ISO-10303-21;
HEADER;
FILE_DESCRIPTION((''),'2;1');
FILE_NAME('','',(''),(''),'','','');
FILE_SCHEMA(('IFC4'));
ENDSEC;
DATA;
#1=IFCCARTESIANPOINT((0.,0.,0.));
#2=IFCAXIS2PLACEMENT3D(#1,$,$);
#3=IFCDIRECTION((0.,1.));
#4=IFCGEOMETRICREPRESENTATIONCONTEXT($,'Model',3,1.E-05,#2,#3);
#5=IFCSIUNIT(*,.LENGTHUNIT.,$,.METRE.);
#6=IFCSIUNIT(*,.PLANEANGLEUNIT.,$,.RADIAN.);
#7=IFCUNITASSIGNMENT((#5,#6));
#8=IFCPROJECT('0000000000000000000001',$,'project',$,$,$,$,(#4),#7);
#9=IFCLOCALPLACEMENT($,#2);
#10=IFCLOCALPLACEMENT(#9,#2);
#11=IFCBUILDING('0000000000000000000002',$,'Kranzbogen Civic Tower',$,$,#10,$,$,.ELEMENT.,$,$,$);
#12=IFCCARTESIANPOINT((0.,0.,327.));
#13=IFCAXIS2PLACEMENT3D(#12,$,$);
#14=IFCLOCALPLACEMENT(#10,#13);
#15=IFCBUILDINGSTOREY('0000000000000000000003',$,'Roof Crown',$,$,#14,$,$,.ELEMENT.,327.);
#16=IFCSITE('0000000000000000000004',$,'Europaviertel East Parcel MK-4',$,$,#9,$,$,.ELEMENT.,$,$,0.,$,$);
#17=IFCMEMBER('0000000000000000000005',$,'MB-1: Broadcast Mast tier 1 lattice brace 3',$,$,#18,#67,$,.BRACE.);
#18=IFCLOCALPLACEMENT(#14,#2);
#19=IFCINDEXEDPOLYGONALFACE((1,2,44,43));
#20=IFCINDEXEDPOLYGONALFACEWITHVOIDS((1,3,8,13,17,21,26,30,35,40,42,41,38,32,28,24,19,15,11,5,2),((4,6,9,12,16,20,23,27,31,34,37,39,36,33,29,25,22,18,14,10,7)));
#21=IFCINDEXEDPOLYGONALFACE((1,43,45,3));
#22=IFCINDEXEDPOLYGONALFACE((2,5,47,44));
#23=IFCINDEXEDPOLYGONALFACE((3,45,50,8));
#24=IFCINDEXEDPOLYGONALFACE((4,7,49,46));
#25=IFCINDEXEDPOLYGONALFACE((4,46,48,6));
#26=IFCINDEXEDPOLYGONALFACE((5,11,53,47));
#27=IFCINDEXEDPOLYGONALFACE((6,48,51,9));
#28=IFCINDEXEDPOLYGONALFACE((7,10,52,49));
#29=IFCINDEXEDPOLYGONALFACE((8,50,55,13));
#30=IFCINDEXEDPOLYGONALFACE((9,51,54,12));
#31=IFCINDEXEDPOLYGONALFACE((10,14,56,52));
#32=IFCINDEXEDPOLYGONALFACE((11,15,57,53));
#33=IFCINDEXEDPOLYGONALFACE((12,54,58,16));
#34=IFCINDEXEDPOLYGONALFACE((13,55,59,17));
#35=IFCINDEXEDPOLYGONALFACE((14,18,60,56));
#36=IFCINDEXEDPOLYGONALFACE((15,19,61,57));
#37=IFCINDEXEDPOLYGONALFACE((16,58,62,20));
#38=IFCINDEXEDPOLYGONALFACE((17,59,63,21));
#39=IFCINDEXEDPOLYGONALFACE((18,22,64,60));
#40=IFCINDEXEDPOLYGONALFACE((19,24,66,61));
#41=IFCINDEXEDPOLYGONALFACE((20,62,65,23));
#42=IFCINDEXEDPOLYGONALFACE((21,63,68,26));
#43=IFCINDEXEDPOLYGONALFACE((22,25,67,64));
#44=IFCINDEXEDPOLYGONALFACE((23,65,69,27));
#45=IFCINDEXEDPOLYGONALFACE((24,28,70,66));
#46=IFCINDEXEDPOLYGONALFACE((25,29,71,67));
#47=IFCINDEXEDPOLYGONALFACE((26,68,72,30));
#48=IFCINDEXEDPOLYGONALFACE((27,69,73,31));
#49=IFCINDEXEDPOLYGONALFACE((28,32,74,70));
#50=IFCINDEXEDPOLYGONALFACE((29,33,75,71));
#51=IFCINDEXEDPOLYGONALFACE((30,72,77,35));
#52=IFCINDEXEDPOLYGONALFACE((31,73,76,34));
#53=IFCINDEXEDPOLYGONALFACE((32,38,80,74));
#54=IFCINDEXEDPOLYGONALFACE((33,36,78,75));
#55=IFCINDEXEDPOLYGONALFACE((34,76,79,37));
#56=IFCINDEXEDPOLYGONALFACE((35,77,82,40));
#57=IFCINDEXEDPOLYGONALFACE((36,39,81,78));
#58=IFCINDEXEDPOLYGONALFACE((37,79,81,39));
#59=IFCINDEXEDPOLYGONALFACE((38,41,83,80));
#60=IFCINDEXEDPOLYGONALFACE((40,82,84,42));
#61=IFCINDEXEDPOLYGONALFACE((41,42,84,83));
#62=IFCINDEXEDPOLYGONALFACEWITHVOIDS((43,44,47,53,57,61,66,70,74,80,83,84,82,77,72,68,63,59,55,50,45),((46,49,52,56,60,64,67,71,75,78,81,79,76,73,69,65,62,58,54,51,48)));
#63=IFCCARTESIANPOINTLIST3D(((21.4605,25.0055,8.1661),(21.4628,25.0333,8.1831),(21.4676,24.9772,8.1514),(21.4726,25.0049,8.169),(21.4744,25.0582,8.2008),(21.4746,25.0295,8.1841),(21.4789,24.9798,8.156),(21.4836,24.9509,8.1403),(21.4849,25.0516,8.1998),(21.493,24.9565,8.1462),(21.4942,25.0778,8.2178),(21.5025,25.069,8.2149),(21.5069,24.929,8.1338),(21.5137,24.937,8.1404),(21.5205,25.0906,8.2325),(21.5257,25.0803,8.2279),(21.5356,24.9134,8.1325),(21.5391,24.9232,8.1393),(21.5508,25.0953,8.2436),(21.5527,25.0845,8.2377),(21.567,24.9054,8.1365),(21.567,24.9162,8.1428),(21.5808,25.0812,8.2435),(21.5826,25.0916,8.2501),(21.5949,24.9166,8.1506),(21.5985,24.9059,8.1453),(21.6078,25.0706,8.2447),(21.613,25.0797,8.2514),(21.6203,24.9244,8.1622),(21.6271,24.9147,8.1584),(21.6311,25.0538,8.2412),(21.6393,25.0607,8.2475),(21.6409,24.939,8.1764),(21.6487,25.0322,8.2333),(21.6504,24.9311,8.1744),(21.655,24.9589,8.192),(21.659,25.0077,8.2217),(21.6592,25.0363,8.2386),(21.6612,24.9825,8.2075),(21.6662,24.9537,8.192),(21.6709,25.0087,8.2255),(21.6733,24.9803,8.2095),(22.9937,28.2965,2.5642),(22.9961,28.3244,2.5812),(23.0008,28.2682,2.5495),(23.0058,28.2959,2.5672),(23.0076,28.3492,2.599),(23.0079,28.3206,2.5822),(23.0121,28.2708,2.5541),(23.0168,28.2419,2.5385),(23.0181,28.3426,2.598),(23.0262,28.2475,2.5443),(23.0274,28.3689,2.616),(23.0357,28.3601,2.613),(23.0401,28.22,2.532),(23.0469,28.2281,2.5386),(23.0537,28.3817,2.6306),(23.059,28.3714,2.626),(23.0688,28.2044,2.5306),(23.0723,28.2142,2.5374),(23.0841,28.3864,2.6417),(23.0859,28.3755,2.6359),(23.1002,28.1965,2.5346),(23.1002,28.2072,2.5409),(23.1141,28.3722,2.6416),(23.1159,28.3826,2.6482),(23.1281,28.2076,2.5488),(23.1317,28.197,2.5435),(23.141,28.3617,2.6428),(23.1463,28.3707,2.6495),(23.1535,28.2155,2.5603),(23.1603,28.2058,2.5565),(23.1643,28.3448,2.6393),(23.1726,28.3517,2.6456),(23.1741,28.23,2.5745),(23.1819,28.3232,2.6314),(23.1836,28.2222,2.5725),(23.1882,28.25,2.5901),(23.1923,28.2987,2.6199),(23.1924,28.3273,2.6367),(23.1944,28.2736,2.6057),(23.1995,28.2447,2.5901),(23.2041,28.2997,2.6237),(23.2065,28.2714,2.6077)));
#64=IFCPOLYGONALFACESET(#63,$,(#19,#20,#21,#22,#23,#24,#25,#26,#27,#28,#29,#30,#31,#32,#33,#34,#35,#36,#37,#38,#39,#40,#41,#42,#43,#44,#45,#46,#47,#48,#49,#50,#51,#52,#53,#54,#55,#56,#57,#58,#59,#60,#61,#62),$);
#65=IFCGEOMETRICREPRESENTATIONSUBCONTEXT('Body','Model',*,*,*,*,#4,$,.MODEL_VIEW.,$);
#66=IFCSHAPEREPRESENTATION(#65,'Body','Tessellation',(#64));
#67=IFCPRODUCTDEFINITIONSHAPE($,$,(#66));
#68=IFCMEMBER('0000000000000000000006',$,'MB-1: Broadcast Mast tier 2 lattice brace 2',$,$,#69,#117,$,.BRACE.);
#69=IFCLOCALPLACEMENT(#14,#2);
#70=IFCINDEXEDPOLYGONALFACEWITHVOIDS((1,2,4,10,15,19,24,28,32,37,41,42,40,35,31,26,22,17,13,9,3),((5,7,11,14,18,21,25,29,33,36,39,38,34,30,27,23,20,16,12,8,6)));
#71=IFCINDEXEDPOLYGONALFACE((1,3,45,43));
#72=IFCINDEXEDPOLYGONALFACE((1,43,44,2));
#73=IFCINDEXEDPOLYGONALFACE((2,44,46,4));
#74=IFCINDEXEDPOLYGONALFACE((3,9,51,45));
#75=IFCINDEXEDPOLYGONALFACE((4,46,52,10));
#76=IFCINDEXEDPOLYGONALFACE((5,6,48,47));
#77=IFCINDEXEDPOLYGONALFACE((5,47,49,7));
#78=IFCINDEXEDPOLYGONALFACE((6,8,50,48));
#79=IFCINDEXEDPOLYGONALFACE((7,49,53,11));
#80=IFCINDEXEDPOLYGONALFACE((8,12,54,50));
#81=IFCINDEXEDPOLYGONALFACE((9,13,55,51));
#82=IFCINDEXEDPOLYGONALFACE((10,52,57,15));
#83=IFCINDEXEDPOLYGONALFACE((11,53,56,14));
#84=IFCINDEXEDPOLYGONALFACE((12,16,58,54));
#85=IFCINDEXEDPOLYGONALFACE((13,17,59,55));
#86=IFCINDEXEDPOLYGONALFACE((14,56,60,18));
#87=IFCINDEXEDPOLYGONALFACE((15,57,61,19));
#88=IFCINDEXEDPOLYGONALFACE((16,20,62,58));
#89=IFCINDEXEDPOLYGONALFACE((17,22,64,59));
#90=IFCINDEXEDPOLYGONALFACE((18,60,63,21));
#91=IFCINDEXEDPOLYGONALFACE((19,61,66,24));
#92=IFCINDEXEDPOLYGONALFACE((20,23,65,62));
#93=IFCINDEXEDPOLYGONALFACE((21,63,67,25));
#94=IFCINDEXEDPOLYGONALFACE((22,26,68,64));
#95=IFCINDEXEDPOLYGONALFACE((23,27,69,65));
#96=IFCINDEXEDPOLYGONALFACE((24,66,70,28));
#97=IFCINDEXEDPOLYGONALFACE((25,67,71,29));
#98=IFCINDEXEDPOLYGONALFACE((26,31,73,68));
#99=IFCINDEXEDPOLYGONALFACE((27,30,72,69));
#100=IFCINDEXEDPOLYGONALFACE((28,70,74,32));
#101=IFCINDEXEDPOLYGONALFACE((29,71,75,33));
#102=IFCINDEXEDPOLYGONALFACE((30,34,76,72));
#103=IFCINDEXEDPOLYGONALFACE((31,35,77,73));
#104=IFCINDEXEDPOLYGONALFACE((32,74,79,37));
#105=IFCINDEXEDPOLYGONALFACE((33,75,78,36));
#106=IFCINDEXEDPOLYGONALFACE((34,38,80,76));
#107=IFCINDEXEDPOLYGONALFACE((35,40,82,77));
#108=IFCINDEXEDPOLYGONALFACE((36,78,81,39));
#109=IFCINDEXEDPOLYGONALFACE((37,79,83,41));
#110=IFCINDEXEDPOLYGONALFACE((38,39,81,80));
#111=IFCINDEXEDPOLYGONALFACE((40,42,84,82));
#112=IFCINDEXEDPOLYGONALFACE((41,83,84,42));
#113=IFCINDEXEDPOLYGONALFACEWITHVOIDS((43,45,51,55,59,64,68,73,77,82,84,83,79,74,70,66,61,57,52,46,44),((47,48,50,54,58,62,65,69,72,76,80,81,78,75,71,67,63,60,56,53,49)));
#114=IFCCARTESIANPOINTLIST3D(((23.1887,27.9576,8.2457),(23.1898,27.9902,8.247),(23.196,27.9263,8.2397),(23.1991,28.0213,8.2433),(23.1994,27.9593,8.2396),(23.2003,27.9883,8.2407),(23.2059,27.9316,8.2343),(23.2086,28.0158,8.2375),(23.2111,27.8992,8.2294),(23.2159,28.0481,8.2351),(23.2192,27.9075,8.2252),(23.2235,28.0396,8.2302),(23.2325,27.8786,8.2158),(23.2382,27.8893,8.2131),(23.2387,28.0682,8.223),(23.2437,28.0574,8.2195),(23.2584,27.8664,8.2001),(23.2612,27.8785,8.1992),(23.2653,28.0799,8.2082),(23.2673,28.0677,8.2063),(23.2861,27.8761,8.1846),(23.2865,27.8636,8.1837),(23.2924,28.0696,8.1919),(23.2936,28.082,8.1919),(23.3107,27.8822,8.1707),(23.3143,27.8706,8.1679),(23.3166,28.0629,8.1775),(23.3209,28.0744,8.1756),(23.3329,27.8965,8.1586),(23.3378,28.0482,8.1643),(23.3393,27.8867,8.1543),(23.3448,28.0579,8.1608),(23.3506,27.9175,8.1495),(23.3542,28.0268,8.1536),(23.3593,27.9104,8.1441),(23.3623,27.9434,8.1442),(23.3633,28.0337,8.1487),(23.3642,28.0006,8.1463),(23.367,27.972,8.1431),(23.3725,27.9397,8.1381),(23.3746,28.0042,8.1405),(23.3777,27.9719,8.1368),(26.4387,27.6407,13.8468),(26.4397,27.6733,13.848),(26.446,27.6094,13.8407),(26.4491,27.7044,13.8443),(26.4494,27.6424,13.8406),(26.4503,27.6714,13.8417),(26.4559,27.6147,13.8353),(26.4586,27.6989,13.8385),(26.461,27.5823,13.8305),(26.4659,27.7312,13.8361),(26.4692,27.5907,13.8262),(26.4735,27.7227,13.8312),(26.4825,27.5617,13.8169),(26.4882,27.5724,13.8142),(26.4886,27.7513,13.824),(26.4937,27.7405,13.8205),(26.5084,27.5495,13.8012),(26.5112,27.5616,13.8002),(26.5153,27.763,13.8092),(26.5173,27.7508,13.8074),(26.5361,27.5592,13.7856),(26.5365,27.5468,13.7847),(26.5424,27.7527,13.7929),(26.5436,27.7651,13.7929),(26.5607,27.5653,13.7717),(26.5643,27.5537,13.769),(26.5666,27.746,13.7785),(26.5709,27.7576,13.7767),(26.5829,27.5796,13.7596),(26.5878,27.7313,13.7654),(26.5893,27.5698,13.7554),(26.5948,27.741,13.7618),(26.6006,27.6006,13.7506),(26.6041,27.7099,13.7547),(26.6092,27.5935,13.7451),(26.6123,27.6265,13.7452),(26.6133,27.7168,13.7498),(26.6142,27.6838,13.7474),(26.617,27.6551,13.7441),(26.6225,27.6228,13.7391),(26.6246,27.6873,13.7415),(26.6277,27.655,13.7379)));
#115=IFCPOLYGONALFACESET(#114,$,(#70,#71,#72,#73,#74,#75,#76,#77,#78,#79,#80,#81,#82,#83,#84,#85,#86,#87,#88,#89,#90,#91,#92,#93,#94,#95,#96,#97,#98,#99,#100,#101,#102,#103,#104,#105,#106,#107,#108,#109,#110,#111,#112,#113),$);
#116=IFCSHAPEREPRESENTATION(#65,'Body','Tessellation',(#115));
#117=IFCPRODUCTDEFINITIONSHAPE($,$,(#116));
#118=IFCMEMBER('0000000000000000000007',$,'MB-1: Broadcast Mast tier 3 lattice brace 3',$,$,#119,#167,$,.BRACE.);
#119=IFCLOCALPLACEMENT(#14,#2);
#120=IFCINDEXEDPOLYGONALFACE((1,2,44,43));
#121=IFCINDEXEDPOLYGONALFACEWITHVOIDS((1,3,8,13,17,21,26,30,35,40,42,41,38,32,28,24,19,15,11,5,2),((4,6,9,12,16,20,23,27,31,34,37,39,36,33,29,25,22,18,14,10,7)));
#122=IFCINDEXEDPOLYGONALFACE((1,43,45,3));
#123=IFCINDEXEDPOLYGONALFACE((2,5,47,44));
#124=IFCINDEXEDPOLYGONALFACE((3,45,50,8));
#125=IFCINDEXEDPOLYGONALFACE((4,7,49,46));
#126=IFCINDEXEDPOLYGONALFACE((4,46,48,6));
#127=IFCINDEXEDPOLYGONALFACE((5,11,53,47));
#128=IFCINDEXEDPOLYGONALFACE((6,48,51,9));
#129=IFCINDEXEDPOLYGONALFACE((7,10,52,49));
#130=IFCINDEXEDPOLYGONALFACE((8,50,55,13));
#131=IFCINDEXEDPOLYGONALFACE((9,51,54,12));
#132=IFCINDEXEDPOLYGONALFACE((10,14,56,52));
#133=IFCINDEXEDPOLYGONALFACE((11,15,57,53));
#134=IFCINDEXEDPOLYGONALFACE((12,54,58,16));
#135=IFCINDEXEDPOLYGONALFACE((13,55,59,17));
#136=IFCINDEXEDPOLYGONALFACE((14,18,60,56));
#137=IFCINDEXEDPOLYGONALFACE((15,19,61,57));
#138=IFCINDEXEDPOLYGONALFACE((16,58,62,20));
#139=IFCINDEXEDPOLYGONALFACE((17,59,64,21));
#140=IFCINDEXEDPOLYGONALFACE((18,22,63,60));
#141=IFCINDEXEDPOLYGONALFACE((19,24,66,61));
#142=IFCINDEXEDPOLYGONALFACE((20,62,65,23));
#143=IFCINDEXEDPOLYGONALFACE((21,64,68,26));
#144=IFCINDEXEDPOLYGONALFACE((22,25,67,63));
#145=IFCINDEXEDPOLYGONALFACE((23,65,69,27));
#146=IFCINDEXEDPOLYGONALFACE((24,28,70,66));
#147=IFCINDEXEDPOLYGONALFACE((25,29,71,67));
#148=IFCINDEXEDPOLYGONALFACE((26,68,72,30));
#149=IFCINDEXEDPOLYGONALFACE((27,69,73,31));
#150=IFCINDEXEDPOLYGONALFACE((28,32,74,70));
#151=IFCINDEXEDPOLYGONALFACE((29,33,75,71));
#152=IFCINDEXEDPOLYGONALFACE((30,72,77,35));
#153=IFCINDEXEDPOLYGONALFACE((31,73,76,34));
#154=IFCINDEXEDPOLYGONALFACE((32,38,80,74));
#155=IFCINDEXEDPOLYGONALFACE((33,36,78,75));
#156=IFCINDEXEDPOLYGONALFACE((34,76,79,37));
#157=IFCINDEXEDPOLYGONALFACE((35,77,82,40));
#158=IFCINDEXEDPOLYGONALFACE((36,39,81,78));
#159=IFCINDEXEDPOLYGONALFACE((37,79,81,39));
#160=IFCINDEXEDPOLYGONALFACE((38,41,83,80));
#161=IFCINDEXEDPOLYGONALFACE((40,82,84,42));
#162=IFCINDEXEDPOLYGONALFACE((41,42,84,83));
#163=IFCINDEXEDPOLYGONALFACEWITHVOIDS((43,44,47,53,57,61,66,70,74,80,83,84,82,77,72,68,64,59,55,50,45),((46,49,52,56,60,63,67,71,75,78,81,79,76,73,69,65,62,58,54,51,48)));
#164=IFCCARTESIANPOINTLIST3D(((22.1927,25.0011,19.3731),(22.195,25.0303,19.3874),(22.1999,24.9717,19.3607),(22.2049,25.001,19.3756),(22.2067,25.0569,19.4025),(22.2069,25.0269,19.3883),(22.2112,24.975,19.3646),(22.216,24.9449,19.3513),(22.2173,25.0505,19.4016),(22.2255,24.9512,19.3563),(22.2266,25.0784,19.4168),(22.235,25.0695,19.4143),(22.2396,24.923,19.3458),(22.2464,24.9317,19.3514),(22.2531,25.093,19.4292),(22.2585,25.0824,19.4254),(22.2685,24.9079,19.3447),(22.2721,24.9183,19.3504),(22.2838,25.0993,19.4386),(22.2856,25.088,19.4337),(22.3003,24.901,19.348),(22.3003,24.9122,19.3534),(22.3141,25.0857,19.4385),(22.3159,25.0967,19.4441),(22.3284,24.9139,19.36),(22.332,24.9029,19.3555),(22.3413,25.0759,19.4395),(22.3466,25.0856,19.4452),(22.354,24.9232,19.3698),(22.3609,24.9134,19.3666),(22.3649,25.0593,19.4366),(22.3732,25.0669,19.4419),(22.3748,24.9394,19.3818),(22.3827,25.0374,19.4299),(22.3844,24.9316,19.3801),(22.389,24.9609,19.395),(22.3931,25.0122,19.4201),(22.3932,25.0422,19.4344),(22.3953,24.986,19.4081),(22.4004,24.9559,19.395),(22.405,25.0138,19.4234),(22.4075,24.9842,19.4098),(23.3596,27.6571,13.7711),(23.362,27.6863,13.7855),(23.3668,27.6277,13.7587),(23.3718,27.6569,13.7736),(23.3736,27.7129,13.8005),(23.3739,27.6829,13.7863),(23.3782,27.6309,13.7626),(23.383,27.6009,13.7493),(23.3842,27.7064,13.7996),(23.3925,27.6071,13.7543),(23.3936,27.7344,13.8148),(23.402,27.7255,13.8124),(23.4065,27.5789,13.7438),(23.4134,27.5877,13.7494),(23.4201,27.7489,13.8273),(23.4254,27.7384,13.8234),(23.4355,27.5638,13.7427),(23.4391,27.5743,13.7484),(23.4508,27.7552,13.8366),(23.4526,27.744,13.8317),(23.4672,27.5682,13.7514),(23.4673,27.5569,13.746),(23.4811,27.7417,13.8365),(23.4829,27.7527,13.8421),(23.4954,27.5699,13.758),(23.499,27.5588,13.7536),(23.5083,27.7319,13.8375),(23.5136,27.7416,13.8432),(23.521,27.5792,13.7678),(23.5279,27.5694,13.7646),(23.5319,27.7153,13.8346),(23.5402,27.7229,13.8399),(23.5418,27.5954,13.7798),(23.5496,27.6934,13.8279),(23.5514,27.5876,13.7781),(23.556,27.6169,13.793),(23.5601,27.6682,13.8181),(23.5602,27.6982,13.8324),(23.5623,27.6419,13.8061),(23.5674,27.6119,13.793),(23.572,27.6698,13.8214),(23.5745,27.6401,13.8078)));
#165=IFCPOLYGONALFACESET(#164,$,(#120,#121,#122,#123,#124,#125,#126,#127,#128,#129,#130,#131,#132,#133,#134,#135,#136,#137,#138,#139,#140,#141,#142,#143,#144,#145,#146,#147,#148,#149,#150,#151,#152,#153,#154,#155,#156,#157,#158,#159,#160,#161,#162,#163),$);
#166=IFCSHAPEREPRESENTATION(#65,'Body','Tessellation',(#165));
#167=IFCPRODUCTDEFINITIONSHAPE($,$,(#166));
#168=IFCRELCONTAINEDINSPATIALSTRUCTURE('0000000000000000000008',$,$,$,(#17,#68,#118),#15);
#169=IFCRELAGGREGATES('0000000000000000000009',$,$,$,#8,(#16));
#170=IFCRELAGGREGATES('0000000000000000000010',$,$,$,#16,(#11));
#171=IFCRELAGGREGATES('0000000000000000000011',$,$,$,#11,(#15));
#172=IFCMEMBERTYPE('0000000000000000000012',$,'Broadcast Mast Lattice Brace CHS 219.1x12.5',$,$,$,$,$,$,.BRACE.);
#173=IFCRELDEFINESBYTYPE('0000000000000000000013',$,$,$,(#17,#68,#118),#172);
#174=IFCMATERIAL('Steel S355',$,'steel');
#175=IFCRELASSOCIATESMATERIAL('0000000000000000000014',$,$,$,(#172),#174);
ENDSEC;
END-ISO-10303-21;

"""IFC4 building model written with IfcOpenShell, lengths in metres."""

from ifc_helpers import new_model, si_unit, direction, frame, origin, origin_2d, place, context, subcontext, project, spatial, hollow_circle, extrude, material, material_profile, profile_set, type_object, element, save


model = new_model("IFC4")

# Units and contexts
model_context = context("Model", 3, precision=1e-05, world=origin(), true_north=direction((0.0, 1.0)))
body_context = subcontext(model_context, "Body", "Model", "MODEL_VIEW")
ifc_project = project(units=[si_unit("LENGTHUNIT", "METRE"), si_unit("PLANEANGLEUNIT", "RADIAN")], contexts=[model_context])

# Site, building, storey
site_placement = place(None, origin())
site = spatial("IfcSite", under=ifc_project, at=site_placement, Name="Europaviertel East Parcel MK-4", CompositionType="ELEMENT", RefElevation=0.0)
building_placement = place(site_placement, origin())
building = spatial("IfcBuilding", under=site, at=building_placement, Name="Kranzbogen Civic Tower", CompositionType="ELEMENT")
storey_placement = place(building_placement, frame((0.0, 0.0, 327.0)))
storey = spatial("IfcBuildingStorey", under=building, at=storey_placement, Name="Roof Crown", CompositionType="ELEMENT", Elevation=327.0)

# Shared definitions
ifc_material_1 = material(Name="Steel S355", Category="steel")

# Members
ifc_material_profile_1 = material_profile(ifc_material_1, hollow_circle(Radius=0.1096, WallThickness=0.0125, at=origin_2d()), Name="CHS 219.1x12.5")
ifc_profile_set_1 = profile_set([ifc_material_profile_1], Name="Steel S355")
member_type_1 = type_object("IfcMemberType", Name="Broadcast Mast Lattice Brace CHS 219.1x12.5", PredefinedType="BRACE", material=ifc_profile_set_1)
member_1_placement = place(storey_placement, frame((23.1001, 28.291, 2.5901), z_axis=(-0.229678, -0.493002, 0.839164), x_axis=(0.906458, -0.422296, 0.0)))
element("IfcMember", 1, at=member_1_placement, inside=storey, type_object=member_type_1, Name="MB-1: Broadcast Mast tier 1 lattice brace 3", PredefinedType="BRACE", context=body_context, shape_type="SweptSolid", body=[
    extrude(hollow_circle(Radius=0.1096, WallThickness=0.0125, at=origin_2d()), origin(), (0.0, 0.0, 1.0), 6.6755),
])
member_2_placement = place(storey_placement, frame((23.283, 27.9729, 8.1919), z_axis=(0.501277, -0.048878, 0.863905), x_axis=(0.097046, 0.99528, 0.0)))
element("IfcMember", 2, at=member_2_placement, inside=storey, type_object=member_type_1, Name="MB-1: Broadcast Mast tier 2 lattice brace 2", PredefinedType="BRACE", context=body_context, shape_type="SweptSolid", body=[
    extrude(hollow_circle(Radius=0.1096, WallThickness=0.0125, at=origin_2d()), origin(), (0.0, 0.0, 1.0), 6.4834),
])
member_3_placement = place(storey_placement, frame((23.467, 27.656, 13.793), z_axis=(-0.184983, -0.421009, 0.887994), x_axis=(0.915525, -0.402262, 0.0)))
element("IfcMember", 3, at=member_3_placement, inside=storey, type_object=member_type_1, Name="MB-1: Broadcast Mast tier 3 lattice brace 3", PredefinedType="BRACE", context=body_context, shape_type="SweptSolid", body=[
    extrude(hollow_circle(Radius=0.1096, WallThickness=0.0125, at=origin_2d()), origin(), (0.0, 0.0, 1.0), 6.3086),
])

save(model, "model.ifc")
